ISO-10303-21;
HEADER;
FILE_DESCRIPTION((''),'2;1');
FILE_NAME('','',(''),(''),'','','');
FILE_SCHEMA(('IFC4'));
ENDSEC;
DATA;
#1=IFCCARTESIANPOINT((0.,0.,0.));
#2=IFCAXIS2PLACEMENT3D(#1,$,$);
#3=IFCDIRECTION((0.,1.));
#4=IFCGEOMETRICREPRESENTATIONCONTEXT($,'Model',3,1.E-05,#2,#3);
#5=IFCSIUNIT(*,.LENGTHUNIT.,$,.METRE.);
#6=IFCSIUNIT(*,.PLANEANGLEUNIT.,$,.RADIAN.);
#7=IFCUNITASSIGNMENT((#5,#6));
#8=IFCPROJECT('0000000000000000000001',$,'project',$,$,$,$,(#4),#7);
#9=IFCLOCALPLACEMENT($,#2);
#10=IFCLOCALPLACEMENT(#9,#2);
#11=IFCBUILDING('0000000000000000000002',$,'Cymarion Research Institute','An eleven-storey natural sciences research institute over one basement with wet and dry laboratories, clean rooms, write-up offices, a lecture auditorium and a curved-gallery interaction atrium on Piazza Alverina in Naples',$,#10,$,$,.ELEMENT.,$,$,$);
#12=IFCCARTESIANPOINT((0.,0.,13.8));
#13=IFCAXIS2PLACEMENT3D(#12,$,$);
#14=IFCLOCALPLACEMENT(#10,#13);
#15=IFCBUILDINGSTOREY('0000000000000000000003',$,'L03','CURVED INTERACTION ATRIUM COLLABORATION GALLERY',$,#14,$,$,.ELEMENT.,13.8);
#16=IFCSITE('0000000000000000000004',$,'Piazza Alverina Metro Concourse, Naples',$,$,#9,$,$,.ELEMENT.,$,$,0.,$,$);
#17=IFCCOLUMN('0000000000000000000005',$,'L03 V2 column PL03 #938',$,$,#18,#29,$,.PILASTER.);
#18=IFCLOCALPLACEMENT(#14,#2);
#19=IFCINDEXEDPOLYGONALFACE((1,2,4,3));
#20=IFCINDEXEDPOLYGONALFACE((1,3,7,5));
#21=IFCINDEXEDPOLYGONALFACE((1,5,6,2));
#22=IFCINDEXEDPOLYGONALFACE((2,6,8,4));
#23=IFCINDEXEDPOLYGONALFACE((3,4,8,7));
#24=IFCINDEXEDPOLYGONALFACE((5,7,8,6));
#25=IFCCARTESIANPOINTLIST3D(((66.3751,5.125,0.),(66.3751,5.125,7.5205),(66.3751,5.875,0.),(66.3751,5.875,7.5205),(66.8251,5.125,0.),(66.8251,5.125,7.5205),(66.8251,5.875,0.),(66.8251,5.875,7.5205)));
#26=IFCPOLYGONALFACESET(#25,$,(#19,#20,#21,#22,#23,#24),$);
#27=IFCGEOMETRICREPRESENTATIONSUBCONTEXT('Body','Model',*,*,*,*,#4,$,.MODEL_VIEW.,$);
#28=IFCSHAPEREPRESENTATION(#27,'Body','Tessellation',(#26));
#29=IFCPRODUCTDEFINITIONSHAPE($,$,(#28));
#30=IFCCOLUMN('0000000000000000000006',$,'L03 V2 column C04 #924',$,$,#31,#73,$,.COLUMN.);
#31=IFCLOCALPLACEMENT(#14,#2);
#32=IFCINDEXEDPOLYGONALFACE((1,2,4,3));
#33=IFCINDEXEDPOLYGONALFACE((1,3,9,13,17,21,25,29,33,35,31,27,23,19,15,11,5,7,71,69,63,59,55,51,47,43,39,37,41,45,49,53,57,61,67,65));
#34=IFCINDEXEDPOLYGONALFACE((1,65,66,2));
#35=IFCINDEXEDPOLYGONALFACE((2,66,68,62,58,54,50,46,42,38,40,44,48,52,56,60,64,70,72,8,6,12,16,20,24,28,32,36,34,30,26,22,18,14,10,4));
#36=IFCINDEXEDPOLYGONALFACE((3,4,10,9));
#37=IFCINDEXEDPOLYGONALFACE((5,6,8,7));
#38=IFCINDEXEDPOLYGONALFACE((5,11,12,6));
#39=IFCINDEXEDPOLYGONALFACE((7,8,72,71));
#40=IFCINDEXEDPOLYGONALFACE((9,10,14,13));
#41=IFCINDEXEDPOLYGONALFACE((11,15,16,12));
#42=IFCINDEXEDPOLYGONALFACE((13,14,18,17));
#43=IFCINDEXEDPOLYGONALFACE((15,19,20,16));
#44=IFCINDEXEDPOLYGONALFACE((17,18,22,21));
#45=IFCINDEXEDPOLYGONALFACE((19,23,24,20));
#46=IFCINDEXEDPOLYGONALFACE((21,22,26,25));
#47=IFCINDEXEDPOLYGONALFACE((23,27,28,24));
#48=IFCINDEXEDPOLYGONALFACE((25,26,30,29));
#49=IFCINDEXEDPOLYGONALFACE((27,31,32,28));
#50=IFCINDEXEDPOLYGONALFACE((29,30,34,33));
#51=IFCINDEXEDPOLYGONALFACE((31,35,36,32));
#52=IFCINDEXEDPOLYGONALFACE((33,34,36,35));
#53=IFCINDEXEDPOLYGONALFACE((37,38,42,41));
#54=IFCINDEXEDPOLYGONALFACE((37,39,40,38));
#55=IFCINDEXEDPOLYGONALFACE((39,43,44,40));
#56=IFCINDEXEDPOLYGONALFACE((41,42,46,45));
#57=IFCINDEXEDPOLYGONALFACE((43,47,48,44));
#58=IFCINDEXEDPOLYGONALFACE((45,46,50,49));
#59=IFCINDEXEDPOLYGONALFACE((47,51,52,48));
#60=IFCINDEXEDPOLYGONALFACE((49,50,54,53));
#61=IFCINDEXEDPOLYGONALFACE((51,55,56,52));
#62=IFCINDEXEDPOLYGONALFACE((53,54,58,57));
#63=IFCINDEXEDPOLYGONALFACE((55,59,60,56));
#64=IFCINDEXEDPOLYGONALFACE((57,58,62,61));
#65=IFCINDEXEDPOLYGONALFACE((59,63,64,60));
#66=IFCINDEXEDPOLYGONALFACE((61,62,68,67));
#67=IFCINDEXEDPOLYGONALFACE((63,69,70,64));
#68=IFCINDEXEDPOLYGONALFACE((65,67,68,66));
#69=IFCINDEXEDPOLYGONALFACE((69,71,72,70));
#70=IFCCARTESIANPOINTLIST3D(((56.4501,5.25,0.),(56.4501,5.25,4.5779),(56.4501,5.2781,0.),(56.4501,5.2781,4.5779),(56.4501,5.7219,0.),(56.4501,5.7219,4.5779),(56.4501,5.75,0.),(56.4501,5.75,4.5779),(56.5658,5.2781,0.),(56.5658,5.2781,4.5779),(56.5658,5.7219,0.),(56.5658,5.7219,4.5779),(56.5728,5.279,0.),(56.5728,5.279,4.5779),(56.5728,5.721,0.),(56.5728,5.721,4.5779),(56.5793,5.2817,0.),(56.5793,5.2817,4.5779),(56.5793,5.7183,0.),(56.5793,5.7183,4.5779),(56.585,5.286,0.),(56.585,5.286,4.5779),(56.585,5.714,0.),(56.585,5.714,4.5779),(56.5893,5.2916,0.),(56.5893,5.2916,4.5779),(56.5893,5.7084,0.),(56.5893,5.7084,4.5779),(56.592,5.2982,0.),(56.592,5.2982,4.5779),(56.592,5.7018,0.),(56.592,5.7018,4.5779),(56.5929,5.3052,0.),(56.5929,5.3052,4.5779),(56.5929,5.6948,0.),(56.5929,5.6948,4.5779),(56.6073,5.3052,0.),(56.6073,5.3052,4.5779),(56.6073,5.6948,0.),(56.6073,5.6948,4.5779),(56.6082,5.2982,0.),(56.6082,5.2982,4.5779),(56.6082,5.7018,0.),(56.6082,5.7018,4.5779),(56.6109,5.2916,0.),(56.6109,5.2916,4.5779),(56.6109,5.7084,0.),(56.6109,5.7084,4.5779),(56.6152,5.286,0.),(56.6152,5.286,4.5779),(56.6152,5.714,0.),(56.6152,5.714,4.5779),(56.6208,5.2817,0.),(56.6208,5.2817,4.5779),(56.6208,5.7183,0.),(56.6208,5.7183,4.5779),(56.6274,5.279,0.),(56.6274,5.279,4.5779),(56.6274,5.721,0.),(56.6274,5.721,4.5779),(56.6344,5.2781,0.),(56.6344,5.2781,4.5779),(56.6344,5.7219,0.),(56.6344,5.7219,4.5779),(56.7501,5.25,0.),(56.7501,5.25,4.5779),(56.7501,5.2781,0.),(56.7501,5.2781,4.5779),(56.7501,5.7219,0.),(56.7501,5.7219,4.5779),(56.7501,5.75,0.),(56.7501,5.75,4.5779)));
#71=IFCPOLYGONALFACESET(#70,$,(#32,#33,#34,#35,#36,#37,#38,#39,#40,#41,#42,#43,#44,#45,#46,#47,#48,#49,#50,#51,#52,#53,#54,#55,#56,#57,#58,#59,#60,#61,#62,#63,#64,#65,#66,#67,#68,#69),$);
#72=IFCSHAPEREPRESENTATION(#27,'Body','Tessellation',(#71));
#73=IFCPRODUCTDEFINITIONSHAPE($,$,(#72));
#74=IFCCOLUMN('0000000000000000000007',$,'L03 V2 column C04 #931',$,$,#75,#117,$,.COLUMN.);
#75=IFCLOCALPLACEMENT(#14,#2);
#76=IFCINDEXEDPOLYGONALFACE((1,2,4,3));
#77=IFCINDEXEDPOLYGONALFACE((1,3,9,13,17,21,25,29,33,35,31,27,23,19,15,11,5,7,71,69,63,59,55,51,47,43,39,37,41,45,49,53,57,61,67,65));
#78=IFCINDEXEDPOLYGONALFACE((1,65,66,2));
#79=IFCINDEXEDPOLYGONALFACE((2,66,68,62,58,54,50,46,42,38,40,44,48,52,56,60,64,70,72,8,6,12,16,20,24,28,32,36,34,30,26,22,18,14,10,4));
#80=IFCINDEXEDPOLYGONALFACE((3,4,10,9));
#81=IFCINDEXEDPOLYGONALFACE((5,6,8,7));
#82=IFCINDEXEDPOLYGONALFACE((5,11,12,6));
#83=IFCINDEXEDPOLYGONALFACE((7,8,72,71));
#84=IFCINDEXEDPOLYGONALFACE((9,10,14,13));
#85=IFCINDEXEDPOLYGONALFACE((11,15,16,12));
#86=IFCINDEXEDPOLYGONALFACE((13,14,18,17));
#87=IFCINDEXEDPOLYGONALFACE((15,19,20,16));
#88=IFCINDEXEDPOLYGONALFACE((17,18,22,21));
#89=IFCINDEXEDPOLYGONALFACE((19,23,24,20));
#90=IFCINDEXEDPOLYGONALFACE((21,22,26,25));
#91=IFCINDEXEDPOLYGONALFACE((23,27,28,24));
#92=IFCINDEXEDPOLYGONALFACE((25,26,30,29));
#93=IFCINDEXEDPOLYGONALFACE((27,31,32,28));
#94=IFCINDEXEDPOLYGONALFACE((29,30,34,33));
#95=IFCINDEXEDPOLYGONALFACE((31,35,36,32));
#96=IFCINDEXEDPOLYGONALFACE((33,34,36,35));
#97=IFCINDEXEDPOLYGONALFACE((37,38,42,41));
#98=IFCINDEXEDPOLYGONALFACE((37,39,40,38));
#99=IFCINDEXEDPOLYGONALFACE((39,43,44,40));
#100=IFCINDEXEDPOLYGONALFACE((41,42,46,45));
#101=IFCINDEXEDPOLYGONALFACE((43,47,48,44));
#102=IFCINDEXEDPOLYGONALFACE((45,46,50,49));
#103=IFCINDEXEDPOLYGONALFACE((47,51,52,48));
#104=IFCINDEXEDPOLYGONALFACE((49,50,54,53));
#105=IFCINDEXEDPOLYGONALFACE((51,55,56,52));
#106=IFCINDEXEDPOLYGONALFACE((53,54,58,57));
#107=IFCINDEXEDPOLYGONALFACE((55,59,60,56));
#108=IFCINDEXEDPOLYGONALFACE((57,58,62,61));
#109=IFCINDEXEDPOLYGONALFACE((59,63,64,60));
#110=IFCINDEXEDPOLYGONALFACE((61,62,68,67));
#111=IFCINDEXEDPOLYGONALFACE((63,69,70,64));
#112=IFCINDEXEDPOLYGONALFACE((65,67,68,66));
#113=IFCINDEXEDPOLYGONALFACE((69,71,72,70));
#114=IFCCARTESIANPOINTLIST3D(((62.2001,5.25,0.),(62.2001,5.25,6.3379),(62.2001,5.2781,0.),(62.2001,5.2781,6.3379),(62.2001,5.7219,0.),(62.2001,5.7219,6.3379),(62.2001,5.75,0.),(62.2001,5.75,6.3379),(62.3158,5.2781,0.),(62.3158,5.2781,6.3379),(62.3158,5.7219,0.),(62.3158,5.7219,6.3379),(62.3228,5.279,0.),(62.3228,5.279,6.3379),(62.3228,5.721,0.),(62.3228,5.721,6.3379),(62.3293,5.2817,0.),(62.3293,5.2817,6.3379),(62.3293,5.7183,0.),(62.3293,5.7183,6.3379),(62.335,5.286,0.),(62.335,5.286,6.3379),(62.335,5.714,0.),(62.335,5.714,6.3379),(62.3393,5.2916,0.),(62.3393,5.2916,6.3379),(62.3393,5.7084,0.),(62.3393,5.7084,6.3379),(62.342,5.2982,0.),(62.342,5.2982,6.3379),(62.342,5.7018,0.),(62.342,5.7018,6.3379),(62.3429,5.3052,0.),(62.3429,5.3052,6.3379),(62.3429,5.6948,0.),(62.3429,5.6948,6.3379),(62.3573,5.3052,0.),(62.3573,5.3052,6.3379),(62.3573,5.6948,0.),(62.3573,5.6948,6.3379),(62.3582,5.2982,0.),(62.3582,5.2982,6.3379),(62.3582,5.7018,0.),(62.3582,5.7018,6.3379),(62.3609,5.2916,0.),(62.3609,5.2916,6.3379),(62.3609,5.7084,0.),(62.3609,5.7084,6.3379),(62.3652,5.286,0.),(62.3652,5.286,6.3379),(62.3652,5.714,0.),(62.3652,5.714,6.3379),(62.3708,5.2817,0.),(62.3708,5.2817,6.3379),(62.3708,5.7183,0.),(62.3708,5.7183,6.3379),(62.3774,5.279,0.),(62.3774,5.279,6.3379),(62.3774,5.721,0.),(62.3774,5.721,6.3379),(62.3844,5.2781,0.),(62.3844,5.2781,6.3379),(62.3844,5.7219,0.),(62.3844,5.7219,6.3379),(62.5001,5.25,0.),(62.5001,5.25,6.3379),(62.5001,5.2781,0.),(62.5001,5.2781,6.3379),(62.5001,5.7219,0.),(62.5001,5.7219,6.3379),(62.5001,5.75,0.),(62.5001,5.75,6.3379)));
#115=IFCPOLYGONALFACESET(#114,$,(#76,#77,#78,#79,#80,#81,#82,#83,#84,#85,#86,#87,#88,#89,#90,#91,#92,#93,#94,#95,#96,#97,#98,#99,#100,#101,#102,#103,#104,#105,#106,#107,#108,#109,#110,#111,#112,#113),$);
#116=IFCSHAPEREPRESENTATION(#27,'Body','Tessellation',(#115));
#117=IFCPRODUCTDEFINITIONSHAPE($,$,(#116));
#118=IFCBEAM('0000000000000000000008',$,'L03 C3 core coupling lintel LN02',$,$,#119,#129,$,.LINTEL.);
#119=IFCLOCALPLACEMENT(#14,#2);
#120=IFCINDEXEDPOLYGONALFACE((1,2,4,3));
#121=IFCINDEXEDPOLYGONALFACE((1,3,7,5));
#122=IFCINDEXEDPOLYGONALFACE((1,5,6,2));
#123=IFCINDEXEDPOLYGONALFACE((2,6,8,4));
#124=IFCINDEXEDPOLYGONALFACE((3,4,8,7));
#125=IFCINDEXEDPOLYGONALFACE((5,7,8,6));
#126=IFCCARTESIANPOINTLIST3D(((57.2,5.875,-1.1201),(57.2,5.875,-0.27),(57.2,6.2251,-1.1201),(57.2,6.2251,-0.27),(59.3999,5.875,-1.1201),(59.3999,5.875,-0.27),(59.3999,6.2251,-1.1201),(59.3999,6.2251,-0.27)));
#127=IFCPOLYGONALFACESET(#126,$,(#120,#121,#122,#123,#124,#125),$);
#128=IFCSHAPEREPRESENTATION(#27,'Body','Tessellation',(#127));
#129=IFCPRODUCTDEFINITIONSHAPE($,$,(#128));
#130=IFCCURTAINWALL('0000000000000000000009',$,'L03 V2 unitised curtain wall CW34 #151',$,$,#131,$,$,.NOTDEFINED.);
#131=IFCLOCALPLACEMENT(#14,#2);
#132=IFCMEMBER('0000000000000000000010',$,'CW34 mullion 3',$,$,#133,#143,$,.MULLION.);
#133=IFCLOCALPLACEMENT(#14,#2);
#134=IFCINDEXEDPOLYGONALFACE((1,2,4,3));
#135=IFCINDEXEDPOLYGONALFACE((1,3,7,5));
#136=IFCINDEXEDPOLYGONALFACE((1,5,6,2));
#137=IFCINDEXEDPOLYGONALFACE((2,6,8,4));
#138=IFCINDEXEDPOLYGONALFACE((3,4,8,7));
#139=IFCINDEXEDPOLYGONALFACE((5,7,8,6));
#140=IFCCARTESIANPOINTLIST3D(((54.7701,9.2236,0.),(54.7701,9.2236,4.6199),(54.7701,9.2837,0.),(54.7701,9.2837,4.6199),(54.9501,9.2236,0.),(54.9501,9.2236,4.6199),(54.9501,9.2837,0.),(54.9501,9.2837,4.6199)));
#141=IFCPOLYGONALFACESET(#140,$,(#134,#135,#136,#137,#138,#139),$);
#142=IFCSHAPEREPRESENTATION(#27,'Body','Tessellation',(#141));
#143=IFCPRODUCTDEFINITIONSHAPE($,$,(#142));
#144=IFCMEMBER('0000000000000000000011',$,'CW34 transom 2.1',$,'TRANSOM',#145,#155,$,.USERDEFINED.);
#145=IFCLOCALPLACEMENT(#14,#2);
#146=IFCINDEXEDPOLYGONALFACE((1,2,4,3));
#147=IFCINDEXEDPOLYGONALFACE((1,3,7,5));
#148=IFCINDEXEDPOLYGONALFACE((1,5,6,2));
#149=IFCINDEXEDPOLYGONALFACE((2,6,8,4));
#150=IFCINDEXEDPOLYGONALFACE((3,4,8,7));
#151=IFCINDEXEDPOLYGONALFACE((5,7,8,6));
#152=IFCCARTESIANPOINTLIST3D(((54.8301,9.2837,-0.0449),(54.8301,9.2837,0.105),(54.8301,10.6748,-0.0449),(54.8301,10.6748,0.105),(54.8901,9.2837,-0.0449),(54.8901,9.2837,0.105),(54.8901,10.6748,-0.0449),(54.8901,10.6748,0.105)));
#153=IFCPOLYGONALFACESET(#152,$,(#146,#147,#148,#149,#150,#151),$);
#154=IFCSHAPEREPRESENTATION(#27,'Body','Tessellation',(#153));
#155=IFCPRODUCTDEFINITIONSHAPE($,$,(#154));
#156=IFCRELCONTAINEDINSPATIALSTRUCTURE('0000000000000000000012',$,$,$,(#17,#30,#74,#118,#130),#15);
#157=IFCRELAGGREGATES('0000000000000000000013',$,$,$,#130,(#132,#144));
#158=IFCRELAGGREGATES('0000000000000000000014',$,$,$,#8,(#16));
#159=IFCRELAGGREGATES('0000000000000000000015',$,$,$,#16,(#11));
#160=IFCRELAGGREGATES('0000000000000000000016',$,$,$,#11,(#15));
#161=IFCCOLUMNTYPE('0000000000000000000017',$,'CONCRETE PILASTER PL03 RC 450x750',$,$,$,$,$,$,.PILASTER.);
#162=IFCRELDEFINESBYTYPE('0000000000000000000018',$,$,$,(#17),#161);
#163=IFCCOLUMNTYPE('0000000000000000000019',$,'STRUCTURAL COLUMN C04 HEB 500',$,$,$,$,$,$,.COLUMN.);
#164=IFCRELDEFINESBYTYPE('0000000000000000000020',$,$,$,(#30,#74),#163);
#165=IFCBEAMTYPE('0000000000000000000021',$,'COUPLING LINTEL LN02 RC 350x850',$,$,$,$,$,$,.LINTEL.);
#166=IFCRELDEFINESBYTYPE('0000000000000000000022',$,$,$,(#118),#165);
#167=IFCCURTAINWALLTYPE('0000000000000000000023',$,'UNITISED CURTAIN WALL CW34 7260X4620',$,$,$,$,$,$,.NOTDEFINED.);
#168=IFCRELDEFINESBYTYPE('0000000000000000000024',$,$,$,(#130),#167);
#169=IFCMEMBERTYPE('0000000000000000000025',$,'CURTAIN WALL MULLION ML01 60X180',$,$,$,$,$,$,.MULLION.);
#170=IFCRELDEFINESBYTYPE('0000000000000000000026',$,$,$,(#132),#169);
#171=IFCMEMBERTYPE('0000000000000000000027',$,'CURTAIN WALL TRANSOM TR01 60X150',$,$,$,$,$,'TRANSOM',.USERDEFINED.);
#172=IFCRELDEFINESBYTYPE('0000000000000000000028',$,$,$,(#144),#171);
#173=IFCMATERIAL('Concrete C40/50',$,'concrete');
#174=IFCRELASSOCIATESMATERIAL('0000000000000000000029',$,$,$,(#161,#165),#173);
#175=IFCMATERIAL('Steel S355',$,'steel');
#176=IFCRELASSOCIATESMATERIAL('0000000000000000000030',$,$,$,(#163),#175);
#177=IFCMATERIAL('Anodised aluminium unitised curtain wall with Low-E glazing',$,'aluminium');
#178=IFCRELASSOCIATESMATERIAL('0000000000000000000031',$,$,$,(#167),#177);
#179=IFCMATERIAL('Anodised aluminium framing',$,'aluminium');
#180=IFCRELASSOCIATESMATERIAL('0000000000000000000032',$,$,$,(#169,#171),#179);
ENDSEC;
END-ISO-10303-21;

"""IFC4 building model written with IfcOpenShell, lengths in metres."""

from ifc_helpers import new_model, si_unit, direction, frame, origin, origin_2d, place, context, subcontext, project, spatial, rectangle, i_section, extrude, material, material_profile, profile_set, type_object, element, aggregate, save


model = new_model("IFC4")

# Units and contexts
model_context = context("Model", 3, precision=1e-05, world=origin(), true_north=direction((0.0, 1.0)))
body_context = subcontext(model_context, "Body", "Model", "MODEL_VIEW")
ifc_project = project(units=[si_unit("LENGTHUNIT", "METRE"), si_unit("PLANEANGLEUNIT", "RADIAN")], contexts=[model_context])

# Site, building, storey
site_placement = place(None, origin())
site = spatial("IfcSite", under=ifc_project, at=site_placement, Name="Piazza Alverina Metro Concourse, Naples", CompositionType="ELEMENT", RefElevation=0.0)
building_placement = place(site_placement, origin())
building = spatial("IfcBuilding", under=site, at=building_placement, Name="Cymarion Research Institute", Description="An eleven-storey natural sciences research institute over one basement with wet and dry laboratories, clean rooms, write-up offices, a lecture auditorium and a curved-gallery interaction atrium on Piazza Alverina in Naples", CompositionType="ELEMENT")
storey_placement = place(building_placement, frame((0.0, 0.0, 13.8)))
storey = spatial("IfcBuildingStorey", under=building, at=storey_placement, Name="L03", Description="CURVED INTERACTION ATRIUM COLLABORATION GALLERY", CompositionType="ELEMENT", Elevation=13.8)

# Columns
ifc_material_1 = material(Name="Concrete C40/50", Category="concrete")
ifc_material_profile_1 = material_profile(ifc_material_1, rectangle(XDim=0.45, YDim=0.75, at=origin_2d()), Name="RC 450x750")
ifc_profile_set_1 = profile_set([ifc_material_profile_1], Name="Concrete C40/50")
column_type_1 = type_object("IfcColumnType", Name="CONCRETE PILASTER PL03 RC 450x750", PredefinedType="PILASTER", material=ifc_profile_set_1)
column_1_placement = place(storey_placement, frame((66.6001, 5.5, 0.0), z_axis=(0.0, 0.0, 1.0), x_axis=(1.0, 0.0, 0.0)))
element("IfcColumn", 1, at=column_1_placement, inside=storey, type_object=column_type_1, Name="L03 V2 column PL03 #938", PredefinedType="PILASTER", context=body_context, shape_type="SweptSolid", body=[
    extrude(rectangle(XDim=0.45, YDim=0.75, at=origin_2d()), origin(), (0.0, 0.0, 1.0), 7.5205),
])
ifc_material_2 = material(Name="Steel S355", Category="steel")
ifc_material_profile_2 = material_profile(ifc_material_2, i_section(OverallWidth=0.3, OverallDepth=0.5, WebThickness=0.0144, FlangeThickness=0.0281, FilletRadius=0.0271, at=origin_2d()), Name="HEB 500")
ifc_profile_set_2 = profile_set([ifc_material_profile_2], Name="Steel S355")
column_type_2 = type_object("IfcColumnType", Name="STRUCTURAL COLUMN C04 HEB 500", PredefinedType="COLUMN", material=ifc_profile_set_2)
column_2_placement = place(storey_placement, frame((56.6001, 5.5, 0.0), z_axis=(0.0, 0.0, 1.0), x_axis=(1.0, 0.0, 0.0)))
element("IfcColumn", 2, at=column_2_placement, inside=storey, type_object=column_type_2, Name="L03 V2 column C04 #924", PredefinedType="COLUMN", context=body_context, shape_type="SweptSolid", body=[
    extrude(i_section(OverallWidth=0.3, OverallDepth=0.5, WebThickness=0.0144, FlangeThickness=0.0281, FilletRadius=0.0271, at=origin_2d()), origin(), (0.0, 0.0, 1.0), 4.5779),
])
column_3_placement = place(storey_placement, frame((62.3501, 5.5, 0.0), z_axis=(0.0, 0.0, 1.0), x_axis=(1.0, 0.0, 0.0)))
element("IfcColumn", 3, at=column_3_placement, inside=storey, type_object=column_type_2, Name="L03 V2 column C04 #931", PredefinedType="COLUMN", context=body_context, shape_type="SweptSolid", body=[
    extrude(i_section(OverallWidth=0.3, OverallDepth=0.5, WebThickness=0.0144, FlangeThickness=0.0281, FilletRadius=0.0271, at=origin_2d()), origin(), (0.0, 0.0, 1.0), 6.3379),
])

# Beam
ifc_material_profile_3 = material_profile(ifc_material_1, rectangle(XDim=0.3501, YDim=0.8501, at=origin_2d()), Name="RC 350x850")
ifc_profile_set_3 = profile_set([ifc_material_profile_3], Name="Concrete C40/50")
beam_type_1 = type_object("IfcBeamType", Name="COUPLING LINTEL LN02 RC 350x850", PredefinedType="LINTEL", material=ifc_profile_set_3)
beam_1_placement = place(storey_placement, frame((57.2, 6.05, -0.6951), z_axis=(1.0, 0.0, 0.0), x_axis=(0.0, 1.0, 0.0)))
element("IfcBeam", 4, at=beam_1_placement, inside=storey, type_object=beam_type_1, Name="L03 C3 core coupling lintel LN02", PredefinedType="LINTEL", context=body_context, shape_type="SweptSolid", body=[
    extrude(rectangle(XDim=0.3501, YDim=0.8501, at=origin_2d()), origin(), (0.0, 0.0, 1.0), 2.2),
])

# Curtain wall, members
ifc_material_3 = material(Name="Anodised aluminium unitised curtain wall with Low-E glazing", Category="aluminium")
curtain_wall_type = type_object("IfcCurtainWallType", Name="UNITISED CURTAIN WALL CW34 7260X4620", PredefinedType="NOTDEFINED", material=ifc_material_3)
curtain_wall_placement = place(storey_placement, origin())
curtain_wall = element("IfcCurtainWall", 5, at=curtain_wall_placement, inside=storey, type_object=curtain_wall_type, Name="L03 V2 unitised curtain wall CW34 #151", PredefinedType="NOTDEFINED")
ifc_material_4 = material(Name="Anodised aluminium framing", Category="aluminium")
ifc_material_profile_4 = material_profile(ifc_material_4, rectangle(XDim=0.0601, YDim=0.1799, at=origin_2d()), Name="ALU MULLION 60x180")
ifc_profile_set_4 = profile_set([ifc_material_profile_4], Name="Anodised aluminium framing")
member_type_1 = type_object("IfcMemberType", Name="CURTAIN WALL MULLION ML01 60X180", PredefinedType="MULLION", material=ifc_profile_set_4)
member_1_placement = place(storey_placement, frame((54.8601, 9.2537, 0.0), z_axis=(0.0, 0.0, 1.0), x_axis=(0.0, -1.0, 0.0)))
member_1 = element("IfcMember", 6, at=member_1_placement, type_object=member_type_1, Name="CW34 mullion 3", PredefinedType="MULLION", context=body_context, shape_type="SweptSolid", body=[
    extrude(rectangle(XDim=0.0601, YDim=0.1799, at=origin_2d()), origin(), (0.0, 0.0, 1.0), 4.6199),
])
ifc_material_profile_5 = material_profile(ifc_material_4, rectangle(XDim=0.0601, YDim=0.1499, at=origin_2d()), Name="ALU TRANSOM 60x150")
ifc_profile_set_5 = profile_set([ifc_material_profile_5], Name="Anodised aluminium framing")
member_type_2 = type_object("IfcMemberType", Name="CURTAIN WALL TRANSOM TR01 60X150", ElementType="TRANSOM", PredefinedType="USERDEFINED", material=ifc_profile_set_5)
member_2_placement = place(storey_placement, frame((54.8601, 10.6748, 0.03), z_axis=(0.0, -1.0, 0.0), x_axis=(1.0, 0.0, 0.0)))
member_2 = element("IfcMember", 7, at=member_2_placement, type_object=member_type_2, Name="CW34 transom 2.1", ObjectType="TRANSOM", PredefinedType="USERDEFINED", context=body_context, shape_type="SweptSolid", body=[
    extrude(rectangle(XDim=0.0601, YDim=0.1499, at=origin_2d()), origin(), (0.0, 0.0, 1.0), 1.3911),
])

aggregate(curtain_wall, [member_1, member_2])

save(model, "model.ifc")
